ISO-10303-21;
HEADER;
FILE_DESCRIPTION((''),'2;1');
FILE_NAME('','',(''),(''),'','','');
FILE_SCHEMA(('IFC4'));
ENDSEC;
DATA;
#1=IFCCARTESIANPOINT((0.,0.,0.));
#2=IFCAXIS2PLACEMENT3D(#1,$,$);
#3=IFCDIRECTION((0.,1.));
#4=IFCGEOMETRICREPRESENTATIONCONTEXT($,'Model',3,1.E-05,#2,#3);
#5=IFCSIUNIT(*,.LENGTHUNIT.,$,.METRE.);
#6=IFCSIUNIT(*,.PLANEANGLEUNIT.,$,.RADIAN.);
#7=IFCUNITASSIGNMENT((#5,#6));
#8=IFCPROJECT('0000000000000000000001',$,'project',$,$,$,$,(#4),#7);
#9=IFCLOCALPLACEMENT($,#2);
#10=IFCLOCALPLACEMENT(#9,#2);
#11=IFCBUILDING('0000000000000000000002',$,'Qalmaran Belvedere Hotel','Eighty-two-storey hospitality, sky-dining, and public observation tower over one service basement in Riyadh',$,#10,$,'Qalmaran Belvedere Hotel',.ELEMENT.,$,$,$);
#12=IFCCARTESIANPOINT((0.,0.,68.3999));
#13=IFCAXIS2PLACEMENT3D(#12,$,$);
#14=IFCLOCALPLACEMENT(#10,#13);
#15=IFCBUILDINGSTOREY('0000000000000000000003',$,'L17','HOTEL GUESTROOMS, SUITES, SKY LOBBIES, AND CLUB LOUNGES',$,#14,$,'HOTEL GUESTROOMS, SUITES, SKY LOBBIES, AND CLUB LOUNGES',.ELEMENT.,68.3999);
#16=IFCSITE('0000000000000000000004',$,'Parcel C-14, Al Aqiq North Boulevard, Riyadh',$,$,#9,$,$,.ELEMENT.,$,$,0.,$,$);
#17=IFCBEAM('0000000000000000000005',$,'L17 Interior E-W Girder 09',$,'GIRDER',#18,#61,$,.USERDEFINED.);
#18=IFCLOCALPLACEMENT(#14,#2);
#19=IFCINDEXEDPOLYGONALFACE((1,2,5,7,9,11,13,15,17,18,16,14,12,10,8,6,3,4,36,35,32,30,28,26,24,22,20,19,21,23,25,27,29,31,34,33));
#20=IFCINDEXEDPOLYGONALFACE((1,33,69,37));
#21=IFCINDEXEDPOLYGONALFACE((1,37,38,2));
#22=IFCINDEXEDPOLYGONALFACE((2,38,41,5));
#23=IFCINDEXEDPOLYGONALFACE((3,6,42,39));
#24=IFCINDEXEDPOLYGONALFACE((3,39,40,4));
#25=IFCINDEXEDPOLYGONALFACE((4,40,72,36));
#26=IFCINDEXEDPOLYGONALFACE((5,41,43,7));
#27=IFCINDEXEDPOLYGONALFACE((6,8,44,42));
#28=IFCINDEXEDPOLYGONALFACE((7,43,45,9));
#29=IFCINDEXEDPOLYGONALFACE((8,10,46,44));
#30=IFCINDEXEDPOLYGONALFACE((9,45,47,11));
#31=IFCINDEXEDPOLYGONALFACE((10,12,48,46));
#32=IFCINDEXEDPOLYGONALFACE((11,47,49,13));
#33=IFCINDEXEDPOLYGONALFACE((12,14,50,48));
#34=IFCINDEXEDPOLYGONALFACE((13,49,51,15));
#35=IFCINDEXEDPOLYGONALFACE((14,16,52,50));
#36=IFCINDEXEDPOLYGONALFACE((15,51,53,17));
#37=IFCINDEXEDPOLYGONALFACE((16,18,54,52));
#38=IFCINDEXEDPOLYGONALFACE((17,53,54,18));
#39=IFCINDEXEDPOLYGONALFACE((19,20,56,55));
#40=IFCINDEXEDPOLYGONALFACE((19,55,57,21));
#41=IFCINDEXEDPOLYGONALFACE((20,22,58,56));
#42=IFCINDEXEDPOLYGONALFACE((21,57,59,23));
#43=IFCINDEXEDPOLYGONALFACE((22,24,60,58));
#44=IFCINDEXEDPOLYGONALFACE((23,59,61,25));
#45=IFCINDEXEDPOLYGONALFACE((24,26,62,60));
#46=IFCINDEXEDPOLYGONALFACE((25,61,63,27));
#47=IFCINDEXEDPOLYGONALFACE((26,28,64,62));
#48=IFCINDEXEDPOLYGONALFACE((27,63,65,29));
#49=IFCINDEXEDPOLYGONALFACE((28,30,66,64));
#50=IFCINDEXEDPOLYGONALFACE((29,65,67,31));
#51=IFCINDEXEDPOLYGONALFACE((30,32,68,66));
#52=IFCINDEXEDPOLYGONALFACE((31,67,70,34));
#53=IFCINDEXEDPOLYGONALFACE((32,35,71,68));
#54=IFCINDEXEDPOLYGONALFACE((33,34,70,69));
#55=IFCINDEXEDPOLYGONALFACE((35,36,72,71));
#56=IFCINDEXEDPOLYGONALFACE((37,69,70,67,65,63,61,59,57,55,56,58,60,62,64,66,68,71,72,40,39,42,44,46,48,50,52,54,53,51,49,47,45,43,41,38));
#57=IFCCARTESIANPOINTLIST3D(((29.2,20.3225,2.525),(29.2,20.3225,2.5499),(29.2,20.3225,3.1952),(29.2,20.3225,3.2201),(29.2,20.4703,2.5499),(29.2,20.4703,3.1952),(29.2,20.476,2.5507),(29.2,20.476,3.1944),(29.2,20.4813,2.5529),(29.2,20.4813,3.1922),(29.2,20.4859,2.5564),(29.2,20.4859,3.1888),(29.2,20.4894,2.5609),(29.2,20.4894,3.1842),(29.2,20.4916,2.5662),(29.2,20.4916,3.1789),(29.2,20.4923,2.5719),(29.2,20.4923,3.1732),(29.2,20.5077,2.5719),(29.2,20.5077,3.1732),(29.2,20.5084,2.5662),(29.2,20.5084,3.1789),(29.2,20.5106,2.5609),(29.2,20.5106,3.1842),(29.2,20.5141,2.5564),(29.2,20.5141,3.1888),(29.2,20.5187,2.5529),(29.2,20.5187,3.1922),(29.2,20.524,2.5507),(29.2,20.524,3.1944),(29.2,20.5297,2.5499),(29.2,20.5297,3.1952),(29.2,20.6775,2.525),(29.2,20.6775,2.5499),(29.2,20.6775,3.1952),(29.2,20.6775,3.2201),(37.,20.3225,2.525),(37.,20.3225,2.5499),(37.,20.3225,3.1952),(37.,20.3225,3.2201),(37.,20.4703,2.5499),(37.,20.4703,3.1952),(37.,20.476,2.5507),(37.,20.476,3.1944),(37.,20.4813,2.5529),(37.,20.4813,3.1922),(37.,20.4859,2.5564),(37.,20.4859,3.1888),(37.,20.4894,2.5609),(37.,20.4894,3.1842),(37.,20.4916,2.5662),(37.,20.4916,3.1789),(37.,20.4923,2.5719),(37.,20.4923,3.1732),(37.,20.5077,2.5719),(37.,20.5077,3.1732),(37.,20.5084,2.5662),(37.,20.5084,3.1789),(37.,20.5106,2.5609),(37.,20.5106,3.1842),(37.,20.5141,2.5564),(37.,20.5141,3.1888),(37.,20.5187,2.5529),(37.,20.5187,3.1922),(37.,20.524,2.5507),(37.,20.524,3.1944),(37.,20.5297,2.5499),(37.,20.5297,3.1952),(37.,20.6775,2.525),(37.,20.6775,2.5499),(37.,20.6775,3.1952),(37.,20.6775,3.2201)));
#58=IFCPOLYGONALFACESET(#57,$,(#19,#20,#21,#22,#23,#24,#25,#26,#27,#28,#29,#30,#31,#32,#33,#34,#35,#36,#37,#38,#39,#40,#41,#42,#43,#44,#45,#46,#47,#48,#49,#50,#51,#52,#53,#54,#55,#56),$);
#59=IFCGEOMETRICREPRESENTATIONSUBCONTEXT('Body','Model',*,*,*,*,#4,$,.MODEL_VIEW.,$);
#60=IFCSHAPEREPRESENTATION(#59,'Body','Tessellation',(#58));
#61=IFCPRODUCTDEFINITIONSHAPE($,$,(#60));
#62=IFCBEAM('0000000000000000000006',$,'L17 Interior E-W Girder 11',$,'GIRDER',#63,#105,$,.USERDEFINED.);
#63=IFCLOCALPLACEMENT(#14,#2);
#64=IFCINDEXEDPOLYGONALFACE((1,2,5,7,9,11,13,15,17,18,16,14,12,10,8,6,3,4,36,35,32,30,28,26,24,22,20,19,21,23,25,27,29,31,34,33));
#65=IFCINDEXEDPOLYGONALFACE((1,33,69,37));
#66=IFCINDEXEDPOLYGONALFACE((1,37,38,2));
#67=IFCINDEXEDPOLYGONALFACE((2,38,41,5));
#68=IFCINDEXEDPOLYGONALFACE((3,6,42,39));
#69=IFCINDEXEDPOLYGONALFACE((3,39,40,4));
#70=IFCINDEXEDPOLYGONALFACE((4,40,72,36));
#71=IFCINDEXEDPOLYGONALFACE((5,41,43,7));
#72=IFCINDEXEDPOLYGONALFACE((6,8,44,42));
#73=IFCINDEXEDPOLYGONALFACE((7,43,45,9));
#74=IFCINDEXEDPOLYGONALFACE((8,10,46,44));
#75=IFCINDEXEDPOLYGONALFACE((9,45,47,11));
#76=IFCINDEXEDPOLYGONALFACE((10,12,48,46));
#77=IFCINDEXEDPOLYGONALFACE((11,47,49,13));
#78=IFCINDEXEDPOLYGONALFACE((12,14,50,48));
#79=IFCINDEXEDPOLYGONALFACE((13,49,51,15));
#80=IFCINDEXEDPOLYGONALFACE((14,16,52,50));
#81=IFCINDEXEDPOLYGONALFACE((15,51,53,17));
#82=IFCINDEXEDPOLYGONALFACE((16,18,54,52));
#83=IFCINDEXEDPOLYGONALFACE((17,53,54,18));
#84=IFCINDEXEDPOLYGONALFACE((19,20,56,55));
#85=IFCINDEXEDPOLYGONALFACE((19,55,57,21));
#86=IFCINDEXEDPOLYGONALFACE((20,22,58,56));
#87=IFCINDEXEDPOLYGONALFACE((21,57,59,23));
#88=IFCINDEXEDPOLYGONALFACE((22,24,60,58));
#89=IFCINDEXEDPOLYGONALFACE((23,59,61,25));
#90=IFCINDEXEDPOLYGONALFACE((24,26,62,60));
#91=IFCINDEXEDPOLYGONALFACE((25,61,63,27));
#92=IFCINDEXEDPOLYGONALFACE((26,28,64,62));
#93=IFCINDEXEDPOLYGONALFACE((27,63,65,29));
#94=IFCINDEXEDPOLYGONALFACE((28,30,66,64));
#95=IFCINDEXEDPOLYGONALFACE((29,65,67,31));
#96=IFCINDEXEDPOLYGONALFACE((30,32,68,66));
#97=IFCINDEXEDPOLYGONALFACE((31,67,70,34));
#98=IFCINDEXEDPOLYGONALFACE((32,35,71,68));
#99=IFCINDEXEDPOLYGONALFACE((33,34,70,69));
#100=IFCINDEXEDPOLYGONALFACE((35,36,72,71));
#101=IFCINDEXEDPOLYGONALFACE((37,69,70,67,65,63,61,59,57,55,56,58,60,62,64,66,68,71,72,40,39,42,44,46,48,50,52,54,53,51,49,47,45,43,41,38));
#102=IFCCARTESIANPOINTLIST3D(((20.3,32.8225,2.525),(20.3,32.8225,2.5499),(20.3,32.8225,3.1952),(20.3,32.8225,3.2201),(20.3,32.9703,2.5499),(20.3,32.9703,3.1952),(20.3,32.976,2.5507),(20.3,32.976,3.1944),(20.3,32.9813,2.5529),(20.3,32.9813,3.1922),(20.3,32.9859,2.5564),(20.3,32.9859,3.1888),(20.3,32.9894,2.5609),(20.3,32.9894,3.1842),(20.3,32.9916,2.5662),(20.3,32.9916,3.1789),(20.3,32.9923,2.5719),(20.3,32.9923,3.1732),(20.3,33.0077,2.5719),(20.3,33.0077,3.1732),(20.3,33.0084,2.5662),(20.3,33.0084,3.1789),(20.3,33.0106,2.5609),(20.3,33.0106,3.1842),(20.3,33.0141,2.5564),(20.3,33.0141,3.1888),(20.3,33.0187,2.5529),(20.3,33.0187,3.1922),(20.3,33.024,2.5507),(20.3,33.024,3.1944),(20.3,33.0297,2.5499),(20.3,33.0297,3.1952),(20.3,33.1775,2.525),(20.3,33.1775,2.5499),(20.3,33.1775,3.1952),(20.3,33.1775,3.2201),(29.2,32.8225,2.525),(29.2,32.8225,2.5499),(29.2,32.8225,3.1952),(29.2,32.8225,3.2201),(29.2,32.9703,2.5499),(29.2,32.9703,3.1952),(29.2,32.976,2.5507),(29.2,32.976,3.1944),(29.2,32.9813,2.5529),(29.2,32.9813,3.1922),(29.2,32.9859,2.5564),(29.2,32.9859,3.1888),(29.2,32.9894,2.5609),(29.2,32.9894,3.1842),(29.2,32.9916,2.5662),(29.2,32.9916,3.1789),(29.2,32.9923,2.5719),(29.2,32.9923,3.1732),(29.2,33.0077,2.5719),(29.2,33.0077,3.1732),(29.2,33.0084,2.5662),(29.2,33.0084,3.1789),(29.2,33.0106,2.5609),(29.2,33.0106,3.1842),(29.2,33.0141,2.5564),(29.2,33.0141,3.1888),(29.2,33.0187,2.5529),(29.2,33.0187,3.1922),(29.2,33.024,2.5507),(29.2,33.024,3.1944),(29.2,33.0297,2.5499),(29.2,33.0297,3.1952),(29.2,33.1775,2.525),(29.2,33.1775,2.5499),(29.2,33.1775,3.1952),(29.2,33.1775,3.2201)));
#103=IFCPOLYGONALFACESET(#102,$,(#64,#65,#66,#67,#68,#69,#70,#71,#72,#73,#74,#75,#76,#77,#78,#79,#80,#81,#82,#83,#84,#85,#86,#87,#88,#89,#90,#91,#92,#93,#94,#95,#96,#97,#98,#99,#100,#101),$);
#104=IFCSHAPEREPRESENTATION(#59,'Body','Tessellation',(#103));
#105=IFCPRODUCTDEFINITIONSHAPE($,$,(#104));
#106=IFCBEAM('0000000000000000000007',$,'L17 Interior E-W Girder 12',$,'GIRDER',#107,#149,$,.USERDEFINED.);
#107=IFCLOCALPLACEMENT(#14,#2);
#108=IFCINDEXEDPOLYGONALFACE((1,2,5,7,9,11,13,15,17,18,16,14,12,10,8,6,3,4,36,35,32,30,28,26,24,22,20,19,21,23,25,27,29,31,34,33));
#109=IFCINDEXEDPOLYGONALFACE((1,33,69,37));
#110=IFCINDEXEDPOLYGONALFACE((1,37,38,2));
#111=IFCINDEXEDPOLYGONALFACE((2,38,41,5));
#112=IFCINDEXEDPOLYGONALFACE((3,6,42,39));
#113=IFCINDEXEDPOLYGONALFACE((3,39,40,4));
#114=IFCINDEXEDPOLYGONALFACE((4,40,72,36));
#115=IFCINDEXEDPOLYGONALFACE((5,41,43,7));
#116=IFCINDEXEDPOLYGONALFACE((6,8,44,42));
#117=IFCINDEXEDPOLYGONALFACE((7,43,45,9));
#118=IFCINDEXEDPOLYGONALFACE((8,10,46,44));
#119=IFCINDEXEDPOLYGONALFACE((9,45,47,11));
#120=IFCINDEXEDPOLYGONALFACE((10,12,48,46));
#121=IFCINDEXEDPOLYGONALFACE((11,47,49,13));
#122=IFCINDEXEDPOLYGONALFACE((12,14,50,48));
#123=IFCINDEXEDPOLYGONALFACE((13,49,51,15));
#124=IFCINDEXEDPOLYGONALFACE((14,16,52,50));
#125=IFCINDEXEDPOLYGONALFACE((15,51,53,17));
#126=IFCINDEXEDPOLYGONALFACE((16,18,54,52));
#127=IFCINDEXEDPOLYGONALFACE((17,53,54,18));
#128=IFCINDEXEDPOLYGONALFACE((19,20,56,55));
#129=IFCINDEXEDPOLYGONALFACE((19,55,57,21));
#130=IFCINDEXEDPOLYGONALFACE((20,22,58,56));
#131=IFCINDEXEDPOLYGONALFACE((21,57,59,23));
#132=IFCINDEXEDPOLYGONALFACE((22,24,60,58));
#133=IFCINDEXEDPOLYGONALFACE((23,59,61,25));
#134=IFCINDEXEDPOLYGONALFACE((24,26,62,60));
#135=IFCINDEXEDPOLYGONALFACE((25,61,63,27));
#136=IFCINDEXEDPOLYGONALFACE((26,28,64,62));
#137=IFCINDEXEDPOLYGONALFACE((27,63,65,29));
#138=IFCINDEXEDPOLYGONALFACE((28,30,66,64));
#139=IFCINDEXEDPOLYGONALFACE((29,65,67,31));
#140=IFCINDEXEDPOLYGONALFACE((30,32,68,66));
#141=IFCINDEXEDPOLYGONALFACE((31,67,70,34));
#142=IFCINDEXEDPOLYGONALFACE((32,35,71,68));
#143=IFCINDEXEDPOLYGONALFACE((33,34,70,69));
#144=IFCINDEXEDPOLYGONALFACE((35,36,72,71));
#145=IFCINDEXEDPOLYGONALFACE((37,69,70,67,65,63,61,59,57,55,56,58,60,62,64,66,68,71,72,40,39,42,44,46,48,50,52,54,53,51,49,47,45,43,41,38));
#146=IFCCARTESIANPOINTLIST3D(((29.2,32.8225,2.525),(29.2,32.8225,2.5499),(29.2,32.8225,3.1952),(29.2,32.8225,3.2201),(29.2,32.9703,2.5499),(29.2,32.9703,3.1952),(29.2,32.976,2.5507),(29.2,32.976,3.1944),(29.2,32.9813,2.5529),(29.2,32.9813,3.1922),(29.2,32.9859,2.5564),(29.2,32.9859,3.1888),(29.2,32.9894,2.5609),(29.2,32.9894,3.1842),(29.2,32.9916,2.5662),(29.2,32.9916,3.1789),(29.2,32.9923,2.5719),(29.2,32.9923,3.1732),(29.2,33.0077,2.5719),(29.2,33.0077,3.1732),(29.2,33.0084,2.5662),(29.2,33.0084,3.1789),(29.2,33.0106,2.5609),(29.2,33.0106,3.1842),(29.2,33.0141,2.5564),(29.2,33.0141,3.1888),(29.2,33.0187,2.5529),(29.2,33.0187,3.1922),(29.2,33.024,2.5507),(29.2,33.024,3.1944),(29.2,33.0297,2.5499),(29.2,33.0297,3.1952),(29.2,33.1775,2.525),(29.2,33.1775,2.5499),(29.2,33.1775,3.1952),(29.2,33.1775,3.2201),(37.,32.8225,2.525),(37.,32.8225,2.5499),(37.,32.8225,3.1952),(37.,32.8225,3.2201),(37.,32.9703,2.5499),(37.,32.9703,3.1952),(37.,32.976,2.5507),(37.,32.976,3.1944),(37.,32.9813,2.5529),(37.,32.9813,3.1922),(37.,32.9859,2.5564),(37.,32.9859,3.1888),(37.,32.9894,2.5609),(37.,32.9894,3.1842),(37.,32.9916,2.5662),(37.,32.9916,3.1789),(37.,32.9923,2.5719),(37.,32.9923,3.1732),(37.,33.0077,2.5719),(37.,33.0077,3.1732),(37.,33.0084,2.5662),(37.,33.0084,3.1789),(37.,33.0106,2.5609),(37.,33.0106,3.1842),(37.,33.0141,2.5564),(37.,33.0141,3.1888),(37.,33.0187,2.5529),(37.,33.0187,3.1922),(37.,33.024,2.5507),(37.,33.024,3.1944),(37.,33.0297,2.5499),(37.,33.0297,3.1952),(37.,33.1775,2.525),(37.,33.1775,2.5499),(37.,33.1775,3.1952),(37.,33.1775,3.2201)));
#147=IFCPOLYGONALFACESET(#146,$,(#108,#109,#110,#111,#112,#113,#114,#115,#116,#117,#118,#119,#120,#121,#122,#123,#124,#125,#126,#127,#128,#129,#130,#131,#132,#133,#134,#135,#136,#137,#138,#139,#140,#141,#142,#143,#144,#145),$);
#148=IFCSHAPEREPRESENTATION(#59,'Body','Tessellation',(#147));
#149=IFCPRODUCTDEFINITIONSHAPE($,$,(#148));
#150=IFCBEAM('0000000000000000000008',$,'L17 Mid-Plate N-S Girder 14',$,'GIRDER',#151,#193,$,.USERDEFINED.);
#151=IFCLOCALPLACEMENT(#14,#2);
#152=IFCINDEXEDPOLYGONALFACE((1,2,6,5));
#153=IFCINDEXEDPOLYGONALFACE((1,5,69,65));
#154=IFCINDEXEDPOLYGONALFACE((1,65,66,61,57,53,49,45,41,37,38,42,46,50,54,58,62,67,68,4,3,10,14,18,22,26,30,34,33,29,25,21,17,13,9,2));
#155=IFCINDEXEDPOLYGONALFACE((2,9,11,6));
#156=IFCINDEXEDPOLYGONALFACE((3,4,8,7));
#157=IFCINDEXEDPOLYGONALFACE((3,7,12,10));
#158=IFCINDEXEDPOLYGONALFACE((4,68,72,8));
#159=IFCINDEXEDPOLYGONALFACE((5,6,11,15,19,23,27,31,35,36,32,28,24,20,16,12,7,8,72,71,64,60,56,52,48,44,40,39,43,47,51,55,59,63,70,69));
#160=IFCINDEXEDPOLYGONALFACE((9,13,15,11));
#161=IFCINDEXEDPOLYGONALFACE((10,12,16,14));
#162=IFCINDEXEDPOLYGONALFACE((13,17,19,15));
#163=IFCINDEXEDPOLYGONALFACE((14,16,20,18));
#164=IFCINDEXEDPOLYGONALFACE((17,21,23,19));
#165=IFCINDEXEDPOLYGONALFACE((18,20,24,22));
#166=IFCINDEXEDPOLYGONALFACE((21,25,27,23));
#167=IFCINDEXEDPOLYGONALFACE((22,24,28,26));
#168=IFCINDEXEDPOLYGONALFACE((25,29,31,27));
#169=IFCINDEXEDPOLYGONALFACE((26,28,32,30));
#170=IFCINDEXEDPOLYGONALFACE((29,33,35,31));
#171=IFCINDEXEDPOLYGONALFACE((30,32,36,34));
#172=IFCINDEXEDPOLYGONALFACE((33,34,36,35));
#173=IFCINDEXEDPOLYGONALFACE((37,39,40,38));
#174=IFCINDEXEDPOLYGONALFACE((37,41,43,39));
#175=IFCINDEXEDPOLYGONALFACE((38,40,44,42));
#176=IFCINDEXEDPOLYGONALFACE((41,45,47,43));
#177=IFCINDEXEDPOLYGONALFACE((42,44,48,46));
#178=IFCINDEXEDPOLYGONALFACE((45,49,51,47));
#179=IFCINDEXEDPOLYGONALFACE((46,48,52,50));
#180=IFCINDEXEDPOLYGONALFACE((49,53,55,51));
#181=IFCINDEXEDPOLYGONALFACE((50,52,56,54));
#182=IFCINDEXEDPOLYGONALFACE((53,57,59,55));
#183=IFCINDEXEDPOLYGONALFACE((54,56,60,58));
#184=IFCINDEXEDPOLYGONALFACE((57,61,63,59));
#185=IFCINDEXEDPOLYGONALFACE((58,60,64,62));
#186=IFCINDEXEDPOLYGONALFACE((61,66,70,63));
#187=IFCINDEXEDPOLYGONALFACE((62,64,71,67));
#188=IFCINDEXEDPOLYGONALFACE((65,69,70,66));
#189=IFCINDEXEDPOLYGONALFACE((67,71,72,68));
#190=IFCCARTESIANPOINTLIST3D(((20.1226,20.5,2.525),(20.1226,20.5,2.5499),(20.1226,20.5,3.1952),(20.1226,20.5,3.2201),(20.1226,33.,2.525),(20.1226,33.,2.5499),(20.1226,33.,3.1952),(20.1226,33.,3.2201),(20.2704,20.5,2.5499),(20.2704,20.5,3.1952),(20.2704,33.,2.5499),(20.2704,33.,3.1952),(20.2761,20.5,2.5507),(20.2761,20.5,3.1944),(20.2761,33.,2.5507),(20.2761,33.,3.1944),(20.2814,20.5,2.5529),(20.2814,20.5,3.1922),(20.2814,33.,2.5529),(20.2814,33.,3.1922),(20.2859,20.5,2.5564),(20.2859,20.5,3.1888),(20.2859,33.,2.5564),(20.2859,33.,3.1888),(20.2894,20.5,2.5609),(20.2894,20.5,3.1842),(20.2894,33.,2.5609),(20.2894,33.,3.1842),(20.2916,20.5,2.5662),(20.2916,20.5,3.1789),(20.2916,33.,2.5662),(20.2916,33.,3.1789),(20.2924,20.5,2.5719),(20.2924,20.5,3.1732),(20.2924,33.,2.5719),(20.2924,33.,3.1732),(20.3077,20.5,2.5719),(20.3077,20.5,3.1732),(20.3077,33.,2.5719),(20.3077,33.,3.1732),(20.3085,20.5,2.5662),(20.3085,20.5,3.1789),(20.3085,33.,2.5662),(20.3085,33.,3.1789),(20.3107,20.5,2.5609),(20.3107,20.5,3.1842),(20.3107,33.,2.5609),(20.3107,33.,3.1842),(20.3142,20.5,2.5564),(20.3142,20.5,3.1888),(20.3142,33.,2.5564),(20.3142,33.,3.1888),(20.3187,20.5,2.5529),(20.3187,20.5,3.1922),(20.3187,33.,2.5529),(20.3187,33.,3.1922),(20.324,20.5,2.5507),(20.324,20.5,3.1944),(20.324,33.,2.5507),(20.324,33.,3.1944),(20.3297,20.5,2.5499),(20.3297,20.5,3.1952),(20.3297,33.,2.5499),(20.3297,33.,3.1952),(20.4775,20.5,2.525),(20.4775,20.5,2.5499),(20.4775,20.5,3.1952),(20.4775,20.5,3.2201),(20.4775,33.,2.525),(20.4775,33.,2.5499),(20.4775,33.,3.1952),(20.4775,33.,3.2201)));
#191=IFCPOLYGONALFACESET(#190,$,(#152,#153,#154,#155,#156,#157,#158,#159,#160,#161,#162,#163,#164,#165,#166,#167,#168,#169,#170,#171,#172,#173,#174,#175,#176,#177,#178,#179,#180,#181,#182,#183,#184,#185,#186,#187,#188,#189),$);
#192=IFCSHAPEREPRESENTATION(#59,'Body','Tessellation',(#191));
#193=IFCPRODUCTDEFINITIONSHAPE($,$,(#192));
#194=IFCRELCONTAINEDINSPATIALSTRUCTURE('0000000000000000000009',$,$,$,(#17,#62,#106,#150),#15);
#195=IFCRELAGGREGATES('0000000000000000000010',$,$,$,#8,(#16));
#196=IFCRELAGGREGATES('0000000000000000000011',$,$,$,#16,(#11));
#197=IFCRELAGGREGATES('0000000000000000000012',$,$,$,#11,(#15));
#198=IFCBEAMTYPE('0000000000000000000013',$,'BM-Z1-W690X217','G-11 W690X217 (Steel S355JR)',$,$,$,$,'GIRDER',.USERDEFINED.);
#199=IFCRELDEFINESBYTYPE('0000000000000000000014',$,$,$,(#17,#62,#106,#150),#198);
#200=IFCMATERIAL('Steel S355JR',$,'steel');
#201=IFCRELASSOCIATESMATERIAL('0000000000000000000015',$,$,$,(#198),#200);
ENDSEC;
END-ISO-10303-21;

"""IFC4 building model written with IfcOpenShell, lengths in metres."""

from ifc_helpers import new_model, si_unit, direction, frame, origin, origin_2d, place, context, subcontext, project, spatial, i_section, extrude, material, material_profile, profile_set, type_object, element, save


model = new_model("IFC4")

# Units and contexts
model_context = context("Model", 3, precision=1e-05, world=origin(), true_north=direction((0.0, 1.0)))
body_context = subcontext(model_context, "Body", "Model", "MODEL_VIEW")
ifc_project = project(units=[si_unit("LENGTHUNIT", "METRE"), si_unit("PLANEANGLEUNIT", "RADIAN")], contexts=[model_context])

# Site, building, storey
site_placement = place(None, origin())
site = spatial("IfcSite", under=ifc_project, at=site_placement, Name="Parcel C-14, Al Aqiq North Boulevard, Riyadh", CompositionType="ELEMENT", RefElevation=0.0)
building_placement = place(site_placement, origin())
building = spatial("IfcBuilding", under=site, at=building_placement, Name="Qalmaran Belvedere Hotel", Description="Eighty-two-storey hospitality, sky-dining, and public observation tower over one service basement in Riyadh", LongName="Qalmaran Belvedere Hotel", CompositionType="ELEMENT")
storey_placement = place(building_placement, frame((0.0, 0.0, 68.3999)))
storey = spatial("IfcBuildingStorey", under=building, at=storey_placement, Name="L17", Description="HOTEL GUESTROOMS, SUITES, SKY LOBBIES, AND CLUB LOUNGES", LongName="HOTEL GUESTROOMS, SUITES, SKY LOBBIES, AND CLUB LOUNGES", CompositionType="ELEMENT", Elevation=68.3999)

# Beams
ifc_material_1 = material(Name="Steel S355JR", Category="steel")
ifc_material_profile_1 = material_profile(ifc_material_1, i_section(OverallWidth=0.355, OverallDepth=0.6951, WebThickness=0.0154, FlangeThickness=0.0249, FilletRadius=0.022, at=origin_2d()), Name="W690X217")
ifc_profile_set_1 = profile_set([ifc_material_profile_1], Name="Steel S355JR")
beam_type_1 = type_object("IfcBeamType", Name="BM-Z1-W690X217", Description="G-11 W690X217 (Steel S355JR)", ElementType="GIRDER", PredefinedType="USERDEFINED", material=ifc_profile_set_1)
beam_1_placement = place(storey_placement, frame((29.2, 20.5, 2.8726), z_axis=(1.0, 0.0, 0.0), x_axis=(0.0, 1.0, 0.0)))
element("IfcBeam", 1, at=beam_1_placement, inside=storey, type_object=beam_type_1, Name="L17 Interior E-W Girder 09", ObjectType="GIRDER", PredefinedType="USERDEFINED", context=body_context, shape_type="SweptSolid", body=[
    extrude(i_section(OverallWidth=0.355, OverallDepth=0.6951, WebThickness=0.0154, FlangeThickness=0.0249, FilletRadius=0.022, at=origin_2d()), origin(), (0.0, 0.0, 1.0), 7.8),
])
beam_2_placement = place(storey_placement, frame((20.3, 33.0, 2.8726), z_axis=(1.0, 0.0, 0.0), x_axis=(0.0, 1.0, 0.0)))
element("IfcBeam", 2, at=beam_2_placement, inside=storey, type_object=beam_type_1, Name="L17 Interior E-W Girder 11", ObjectType="GIRDER", PredefinedType="USERDEFINED", context=body_context, shape_type="SweptSolid", body=[
    extrude(i_section(OverallWidth=0.355, OverallDepth=0.6951, WebThickness=0.0154, FlangeThickness=0.0249, FilletRadius=0.022, at=origin_2d()), origin(), (0.0, 0.0, 1.0), 8.8999),
])
beam_3_placement = place(storey_placement, frame((29.2, 33.0, 2.8726), z_axis=(1.0, 0.0, 0.0), x_axis=(0.0, 1.0, 0.0)))
element("IfcBeam", 3, at=beam_3_placement, inside=storey, type_object=beam_type_1, Name="L17 Interior E-W Girder 12", ObjectType="GIRDER", PredefinedType="USERDEFINED", context=body_context, shape_type="SweptSolid", body=[
    extrude(i_section(OverallWidth=0.355, OverallDepth=0.6951, WebThickness=0.0154, FlangeThickness=0.0249, FilletRadius=0.022, at=origin_2d()), origin(), (0.0, 0.0, 1.0), 7.8),
])
beam_4_placement = place(storey_placement, frame((20.3, 20.5, 2.8726), z_axis=(0.0, 1.0, 0.0), x_axis=(-1.0, 0.0, 0.0)))
element("IfcBeam", 4, at=beam_4_placement, inside=storey, type_object=beam_type_1, Name="L17 Mid-Plate N-S Girder 14", ObjectType="GIRDER", PredefinedType="USERDEFINED", context=body_context, shape_type="SweptSolid", body=[
    extrude(i_section(OverallWidth=0.355, OverallDepth=0.6951, WebThickness=0.0154, FlangeThickness=0.0249, FilletRadius=0.022, at=origin_2d()), origin(), (0.0, 0.0, 1.0), 12.5),
])

save(model, "model.ifc")
